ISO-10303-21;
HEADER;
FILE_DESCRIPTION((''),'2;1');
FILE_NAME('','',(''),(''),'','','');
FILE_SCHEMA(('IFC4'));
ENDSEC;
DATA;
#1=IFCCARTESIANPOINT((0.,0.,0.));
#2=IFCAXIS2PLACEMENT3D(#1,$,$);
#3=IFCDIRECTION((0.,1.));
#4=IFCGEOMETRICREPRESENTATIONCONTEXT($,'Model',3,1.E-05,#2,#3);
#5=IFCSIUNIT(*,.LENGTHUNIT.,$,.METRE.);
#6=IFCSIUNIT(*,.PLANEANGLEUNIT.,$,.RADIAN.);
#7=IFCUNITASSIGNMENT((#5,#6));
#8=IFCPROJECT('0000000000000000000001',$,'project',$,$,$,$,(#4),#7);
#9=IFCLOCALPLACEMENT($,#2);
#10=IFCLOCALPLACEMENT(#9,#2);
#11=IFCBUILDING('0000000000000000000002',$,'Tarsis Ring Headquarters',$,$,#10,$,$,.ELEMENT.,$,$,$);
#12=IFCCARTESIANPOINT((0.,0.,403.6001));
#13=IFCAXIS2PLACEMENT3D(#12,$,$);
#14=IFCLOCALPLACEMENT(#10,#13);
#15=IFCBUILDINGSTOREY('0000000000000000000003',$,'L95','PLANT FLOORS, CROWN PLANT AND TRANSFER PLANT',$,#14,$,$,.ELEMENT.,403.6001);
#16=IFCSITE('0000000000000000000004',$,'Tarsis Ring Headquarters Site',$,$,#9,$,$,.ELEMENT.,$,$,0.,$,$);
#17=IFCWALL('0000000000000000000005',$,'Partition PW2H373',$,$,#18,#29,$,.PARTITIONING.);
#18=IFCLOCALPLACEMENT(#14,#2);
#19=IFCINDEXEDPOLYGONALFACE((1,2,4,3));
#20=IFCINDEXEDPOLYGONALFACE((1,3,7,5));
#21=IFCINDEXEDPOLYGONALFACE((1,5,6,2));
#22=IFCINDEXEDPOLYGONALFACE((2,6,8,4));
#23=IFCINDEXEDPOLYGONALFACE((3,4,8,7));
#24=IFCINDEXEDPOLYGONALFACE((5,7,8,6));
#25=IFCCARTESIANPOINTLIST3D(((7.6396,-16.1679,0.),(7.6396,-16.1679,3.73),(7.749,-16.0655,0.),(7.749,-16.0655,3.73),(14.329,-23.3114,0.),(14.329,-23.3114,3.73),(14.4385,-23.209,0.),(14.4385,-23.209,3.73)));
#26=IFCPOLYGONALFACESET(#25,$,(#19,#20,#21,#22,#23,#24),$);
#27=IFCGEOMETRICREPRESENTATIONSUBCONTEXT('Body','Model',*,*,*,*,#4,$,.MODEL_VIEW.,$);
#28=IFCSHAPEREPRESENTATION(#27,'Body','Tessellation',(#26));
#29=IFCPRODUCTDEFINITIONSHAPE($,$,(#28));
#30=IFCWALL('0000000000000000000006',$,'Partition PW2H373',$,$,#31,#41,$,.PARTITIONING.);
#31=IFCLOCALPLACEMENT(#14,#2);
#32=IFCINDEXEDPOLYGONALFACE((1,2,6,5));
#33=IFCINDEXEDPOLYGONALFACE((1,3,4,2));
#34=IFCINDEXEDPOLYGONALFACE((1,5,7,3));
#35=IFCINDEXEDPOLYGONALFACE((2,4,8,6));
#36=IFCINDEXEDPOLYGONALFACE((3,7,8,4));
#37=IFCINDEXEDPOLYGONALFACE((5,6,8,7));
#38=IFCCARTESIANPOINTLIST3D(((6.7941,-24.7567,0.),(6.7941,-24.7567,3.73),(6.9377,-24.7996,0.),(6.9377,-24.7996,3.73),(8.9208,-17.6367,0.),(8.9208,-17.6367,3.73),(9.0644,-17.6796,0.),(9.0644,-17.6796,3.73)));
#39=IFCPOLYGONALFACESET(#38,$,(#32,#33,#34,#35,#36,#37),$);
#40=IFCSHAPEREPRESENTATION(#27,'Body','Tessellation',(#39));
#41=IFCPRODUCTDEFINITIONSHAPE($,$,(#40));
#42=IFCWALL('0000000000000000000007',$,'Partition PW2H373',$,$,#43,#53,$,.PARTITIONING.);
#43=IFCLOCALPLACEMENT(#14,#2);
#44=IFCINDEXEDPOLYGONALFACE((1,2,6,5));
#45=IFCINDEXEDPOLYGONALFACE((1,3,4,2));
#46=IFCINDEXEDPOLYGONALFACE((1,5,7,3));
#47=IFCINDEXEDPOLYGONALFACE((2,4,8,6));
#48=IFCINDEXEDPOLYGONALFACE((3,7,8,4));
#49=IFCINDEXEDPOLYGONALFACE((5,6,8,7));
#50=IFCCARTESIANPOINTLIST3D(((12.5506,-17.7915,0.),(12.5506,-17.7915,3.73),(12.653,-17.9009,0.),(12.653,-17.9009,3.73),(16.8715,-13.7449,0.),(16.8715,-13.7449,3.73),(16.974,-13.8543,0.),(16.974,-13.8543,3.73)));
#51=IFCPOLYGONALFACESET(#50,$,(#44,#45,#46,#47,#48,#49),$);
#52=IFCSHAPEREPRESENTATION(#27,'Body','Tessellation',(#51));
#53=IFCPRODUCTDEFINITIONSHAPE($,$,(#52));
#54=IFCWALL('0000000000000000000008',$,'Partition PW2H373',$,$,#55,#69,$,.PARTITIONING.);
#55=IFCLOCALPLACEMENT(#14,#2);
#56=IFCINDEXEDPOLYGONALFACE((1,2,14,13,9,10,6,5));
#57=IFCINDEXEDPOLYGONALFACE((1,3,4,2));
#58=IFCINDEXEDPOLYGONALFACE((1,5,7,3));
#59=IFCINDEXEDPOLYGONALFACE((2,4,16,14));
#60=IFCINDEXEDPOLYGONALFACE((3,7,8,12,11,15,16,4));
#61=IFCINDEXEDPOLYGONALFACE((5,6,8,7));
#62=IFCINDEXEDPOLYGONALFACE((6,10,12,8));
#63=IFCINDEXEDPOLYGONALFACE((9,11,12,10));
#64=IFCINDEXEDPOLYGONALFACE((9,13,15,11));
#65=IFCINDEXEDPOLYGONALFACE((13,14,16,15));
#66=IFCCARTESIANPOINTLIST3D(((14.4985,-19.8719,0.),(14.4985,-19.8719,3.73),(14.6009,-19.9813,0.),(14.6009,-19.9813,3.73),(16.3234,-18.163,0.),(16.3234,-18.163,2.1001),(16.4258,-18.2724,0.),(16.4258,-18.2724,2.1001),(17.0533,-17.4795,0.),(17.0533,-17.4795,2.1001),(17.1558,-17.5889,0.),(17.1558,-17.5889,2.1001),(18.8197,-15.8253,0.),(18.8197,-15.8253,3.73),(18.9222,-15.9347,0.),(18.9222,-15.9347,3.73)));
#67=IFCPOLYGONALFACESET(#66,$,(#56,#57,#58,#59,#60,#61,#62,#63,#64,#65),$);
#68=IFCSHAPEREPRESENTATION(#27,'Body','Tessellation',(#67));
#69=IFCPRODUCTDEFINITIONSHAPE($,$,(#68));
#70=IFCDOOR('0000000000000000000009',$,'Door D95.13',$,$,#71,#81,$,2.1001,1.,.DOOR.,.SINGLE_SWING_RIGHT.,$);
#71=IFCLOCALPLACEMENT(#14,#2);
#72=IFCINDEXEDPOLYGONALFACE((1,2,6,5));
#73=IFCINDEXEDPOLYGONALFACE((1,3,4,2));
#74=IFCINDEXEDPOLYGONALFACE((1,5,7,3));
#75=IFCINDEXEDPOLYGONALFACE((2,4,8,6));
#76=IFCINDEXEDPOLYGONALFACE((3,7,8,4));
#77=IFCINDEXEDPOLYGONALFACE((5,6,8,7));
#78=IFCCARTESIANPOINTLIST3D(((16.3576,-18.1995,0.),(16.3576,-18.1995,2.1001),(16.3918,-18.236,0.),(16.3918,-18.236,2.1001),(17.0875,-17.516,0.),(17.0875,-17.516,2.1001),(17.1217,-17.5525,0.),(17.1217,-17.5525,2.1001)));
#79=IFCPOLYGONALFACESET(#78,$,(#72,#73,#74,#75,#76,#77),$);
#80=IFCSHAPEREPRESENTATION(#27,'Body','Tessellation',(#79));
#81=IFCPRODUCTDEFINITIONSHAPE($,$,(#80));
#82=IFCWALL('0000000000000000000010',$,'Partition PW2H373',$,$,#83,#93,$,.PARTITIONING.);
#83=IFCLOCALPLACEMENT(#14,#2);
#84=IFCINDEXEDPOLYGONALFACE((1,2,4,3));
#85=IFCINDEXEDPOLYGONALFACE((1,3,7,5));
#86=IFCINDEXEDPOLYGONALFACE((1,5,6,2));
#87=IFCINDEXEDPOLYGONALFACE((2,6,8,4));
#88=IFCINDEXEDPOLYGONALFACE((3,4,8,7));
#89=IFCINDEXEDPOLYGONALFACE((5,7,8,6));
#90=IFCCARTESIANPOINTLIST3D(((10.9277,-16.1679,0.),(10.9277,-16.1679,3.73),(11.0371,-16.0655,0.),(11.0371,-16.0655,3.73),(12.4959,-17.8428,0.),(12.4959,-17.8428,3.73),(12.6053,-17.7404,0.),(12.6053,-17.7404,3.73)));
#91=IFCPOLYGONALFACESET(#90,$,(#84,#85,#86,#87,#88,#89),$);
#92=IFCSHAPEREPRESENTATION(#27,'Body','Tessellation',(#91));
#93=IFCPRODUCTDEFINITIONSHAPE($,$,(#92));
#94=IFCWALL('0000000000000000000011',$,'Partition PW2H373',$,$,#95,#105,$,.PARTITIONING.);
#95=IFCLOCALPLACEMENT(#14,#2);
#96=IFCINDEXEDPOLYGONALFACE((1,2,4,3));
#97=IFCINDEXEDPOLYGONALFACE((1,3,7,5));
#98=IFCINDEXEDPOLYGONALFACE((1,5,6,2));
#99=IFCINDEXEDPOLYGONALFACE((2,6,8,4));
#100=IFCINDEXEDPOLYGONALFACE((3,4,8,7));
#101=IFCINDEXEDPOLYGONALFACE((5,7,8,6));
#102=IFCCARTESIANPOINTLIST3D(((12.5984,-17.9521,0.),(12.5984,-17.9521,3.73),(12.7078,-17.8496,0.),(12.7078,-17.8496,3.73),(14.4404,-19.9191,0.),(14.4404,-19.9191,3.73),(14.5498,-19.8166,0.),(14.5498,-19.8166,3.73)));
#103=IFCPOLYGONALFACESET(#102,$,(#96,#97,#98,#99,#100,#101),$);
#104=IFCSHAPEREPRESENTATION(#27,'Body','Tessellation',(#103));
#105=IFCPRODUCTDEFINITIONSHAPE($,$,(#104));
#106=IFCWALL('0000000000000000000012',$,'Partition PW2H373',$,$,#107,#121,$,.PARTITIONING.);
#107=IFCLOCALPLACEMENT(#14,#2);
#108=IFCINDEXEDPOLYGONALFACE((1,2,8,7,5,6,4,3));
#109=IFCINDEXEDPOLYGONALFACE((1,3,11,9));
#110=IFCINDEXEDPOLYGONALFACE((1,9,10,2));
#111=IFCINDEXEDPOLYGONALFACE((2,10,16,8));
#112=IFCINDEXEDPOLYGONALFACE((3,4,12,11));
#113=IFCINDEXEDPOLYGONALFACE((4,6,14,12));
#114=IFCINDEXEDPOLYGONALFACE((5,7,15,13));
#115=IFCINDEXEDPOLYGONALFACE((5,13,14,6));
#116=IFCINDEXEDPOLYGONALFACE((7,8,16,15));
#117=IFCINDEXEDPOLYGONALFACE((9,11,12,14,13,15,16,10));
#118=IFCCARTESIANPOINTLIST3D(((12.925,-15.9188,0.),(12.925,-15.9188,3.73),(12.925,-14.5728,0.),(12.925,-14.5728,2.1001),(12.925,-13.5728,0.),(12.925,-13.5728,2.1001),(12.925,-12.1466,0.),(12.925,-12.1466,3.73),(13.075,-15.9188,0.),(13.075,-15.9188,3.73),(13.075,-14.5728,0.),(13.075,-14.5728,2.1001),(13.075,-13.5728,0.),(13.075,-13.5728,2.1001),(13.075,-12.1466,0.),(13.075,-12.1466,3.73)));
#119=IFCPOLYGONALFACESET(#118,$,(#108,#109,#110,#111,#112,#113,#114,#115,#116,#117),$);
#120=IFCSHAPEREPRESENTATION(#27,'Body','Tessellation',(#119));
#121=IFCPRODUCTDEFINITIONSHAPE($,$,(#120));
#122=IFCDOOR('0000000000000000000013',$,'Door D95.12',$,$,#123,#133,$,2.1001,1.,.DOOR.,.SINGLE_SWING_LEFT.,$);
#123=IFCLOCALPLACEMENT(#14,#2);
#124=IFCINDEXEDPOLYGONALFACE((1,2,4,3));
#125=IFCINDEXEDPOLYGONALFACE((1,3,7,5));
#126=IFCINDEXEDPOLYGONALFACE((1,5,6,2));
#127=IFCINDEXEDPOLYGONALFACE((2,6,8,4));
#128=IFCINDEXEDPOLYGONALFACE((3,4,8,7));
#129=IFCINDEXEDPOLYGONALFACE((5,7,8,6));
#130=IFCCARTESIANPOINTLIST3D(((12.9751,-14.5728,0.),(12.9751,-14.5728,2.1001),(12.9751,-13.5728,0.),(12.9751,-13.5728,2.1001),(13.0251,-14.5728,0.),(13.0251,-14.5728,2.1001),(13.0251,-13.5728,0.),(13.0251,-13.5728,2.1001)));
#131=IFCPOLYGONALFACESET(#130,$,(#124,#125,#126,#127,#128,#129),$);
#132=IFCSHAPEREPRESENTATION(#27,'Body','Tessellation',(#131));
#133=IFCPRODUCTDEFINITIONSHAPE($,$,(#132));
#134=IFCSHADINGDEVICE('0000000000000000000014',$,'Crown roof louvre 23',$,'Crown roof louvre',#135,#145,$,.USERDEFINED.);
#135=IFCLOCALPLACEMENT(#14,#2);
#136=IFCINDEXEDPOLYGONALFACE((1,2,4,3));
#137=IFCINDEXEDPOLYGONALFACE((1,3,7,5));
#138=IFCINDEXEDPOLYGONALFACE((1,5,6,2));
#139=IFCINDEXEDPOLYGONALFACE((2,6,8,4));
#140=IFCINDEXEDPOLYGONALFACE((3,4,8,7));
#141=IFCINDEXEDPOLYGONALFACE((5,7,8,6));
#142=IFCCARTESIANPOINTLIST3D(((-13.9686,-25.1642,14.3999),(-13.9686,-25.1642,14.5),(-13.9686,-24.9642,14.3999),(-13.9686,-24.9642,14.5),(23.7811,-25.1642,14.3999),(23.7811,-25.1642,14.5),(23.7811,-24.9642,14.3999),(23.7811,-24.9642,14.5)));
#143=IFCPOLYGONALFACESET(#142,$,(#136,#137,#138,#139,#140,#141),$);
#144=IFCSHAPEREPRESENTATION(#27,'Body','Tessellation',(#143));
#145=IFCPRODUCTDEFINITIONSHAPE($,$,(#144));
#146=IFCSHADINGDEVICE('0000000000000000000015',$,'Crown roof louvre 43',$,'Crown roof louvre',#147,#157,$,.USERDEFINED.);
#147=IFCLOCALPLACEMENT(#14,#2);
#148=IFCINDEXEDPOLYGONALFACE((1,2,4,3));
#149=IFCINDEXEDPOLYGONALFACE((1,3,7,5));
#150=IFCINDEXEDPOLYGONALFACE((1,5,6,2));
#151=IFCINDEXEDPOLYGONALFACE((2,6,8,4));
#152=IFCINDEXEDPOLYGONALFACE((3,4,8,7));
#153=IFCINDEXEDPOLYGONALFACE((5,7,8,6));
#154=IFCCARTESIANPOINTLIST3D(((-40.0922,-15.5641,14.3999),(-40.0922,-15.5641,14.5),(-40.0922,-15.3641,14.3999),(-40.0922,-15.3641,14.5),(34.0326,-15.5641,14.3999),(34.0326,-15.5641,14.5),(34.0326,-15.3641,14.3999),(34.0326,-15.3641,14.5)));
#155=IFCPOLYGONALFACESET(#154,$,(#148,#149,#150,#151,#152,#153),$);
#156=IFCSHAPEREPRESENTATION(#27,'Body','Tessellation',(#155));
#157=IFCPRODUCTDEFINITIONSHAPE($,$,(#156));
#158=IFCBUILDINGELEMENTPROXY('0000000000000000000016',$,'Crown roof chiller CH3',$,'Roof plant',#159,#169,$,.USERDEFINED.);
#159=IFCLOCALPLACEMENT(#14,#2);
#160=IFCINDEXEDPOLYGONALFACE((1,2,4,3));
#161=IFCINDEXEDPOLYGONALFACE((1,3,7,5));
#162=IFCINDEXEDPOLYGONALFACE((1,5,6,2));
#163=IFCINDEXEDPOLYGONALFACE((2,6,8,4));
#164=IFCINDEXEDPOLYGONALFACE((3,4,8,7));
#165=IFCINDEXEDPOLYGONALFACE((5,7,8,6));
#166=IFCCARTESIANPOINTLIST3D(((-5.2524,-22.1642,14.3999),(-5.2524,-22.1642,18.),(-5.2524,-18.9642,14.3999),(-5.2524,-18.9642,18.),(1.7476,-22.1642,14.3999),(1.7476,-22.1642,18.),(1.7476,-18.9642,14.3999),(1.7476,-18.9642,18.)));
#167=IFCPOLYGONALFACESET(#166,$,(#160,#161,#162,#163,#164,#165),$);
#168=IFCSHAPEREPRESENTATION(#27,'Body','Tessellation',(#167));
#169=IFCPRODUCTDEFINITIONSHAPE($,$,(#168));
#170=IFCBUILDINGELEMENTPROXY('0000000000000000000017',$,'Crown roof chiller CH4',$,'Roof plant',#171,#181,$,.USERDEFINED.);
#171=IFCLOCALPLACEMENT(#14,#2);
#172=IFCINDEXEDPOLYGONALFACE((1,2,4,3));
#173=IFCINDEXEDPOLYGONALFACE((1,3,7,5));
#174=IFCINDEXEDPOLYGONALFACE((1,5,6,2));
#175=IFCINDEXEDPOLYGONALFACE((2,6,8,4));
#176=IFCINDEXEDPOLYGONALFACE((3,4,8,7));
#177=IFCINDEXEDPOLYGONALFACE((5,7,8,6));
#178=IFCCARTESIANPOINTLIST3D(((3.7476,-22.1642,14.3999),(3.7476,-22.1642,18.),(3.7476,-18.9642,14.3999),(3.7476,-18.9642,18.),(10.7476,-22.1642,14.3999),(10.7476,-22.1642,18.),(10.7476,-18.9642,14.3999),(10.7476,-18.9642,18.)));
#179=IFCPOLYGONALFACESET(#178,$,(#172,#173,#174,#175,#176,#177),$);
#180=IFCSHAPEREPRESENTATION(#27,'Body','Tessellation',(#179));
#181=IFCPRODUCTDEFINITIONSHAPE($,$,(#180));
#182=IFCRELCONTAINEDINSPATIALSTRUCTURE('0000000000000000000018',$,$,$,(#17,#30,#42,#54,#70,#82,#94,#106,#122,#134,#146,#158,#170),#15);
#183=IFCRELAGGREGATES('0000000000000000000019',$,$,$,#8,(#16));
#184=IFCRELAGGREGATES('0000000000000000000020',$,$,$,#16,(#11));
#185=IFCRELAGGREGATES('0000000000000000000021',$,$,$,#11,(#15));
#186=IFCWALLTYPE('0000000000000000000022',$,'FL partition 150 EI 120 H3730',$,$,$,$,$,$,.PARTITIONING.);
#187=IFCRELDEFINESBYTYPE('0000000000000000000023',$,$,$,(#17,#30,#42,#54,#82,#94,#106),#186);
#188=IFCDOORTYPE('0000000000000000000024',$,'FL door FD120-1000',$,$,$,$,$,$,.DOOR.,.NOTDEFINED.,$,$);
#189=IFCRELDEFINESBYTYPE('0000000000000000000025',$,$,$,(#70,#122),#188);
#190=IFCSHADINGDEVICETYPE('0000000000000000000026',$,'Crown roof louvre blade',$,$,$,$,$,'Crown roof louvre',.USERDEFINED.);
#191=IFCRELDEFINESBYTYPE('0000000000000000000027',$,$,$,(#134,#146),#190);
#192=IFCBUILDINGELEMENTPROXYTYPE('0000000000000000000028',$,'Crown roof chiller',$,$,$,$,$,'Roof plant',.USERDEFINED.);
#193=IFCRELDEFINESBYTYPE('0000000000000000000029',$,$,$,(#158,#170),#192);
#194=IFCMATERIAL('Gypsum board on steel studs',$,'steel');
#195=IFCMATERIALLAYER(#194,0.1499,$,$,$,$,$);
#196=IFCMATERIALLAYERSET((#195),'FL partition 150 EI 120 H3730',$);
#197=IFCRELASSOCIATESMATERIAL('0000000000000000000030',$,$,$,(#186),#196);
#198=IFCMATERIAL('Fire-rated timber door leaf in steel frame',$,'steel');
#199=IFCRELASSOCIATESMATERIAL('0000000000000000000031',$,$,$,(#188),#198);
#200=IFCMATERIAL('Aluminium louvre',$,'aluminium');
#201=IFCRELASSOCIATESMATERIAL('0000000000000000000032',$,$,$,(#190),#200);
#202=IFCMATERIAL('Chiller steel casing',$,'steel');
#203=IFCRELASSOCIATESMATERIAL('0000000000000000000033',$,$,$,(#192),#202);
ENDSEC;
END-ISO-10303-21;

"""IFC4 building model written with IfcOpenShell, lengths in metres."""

from ifc_helpers import new_model, si_unit, direction, frame, frame_2d, origin, origin_2d, place, context, subcontext, project, spatial, rectangle, extrude, material, layer, layer_set, type_object, element, fill, save


model = new_model("IFC4")

# Units and contexts
model_context = context("Model", 3, precision=1e-05, world=origin(), true_north=direction((0.0, 1.0)))
body_context = subcontext(model_context, "Body", "Model", "MODEL_VIEW")
ifc_project = project(units=[si_unit("LENGTHUNIT", "METRE"), si_unit("PLANEANGLEUNIT", "RADIAN")], contexts=[model_context])

# Site, building, storey
site_placement = place(None, origin())
site = spatial("IfcSite", under=ifc_project, at=site_placement, Name="Tarsis Ring Headquarters Site", CompositionType="ELEMENT", RefElevation=0.0)
building_placement = place(site_placement, origin())
building = spatial("IfcBuilding", under=site, at=building_placement, Name="Tarsis Ring Headquarters", CompositionType="ELEMENT")
storey_placement = place(building_placement, frame((0.0, 0.0, 403.6001)))
storey = spatial("IfcBuildingStorey", under=building, at=storey_placement, Name="L95", Description="PLANT FLOORS, CROWN PLANT AND TRANSFER PLANT", CompositionType="ELEMENT", Elevation=403.6001)

# Shared definitions
ifc_material_1 = material(Name="Gypsum board on steel studs", Category="steel")
ifc_layer_1 = layer(ifc_material_1, 0.1499)
ifc_layer_set_1 = layer_set([ifc_layer_1], Name="FL partition 150 EI 120 H3730")
wall_type_1 = type_object("IfcWallType", Name="FL partition 150 EI 120 H3730", PredefinedType="PARTITIONING", material=ifc_layer_set_1)
ifc_material_2 = material(Name="Fire-rated timber door leaf in steel frame", Category="steel")
door_type_1 = type_object("IfcDoorType", Name="FL door FD120-1000", OperationType="NOTDEFINED", PredefinedType="DOOR", material=ifc_material_2)

# Walls
wall_1_placement = place(storey_placement, frame((7.6943, -16.1167, 0.0), z_axis=(0.0, 0.0, 1.0), x_axis=(0.683526, -0.729926, 0.0)))
element("IfcWall", 1, at=wall_1_placement, inside=storey, type_object=wall_type_1, Name="Partition PW2H373", PredefinedType="PARTITIONING", context=body_context, shape_type="SweptSolid", body=[
    extrude(rectangle(XDim=9.7866, YDim=0.1499, at=frame_2d((4.8933, 0.0))), origin(), (0.0, 0.0, 1.0), 3.73),
])
wall_2_placement = place(storey_placement, frame((6.866, -24.7781, 0.0), z_axis=(0.0, 0.0, 1.0), x_axis=(0.286196, 0.958171, 0.0)))
element("IfcWall", 2, at=wall_2_placement, inside=storey, type_object=wall_type_1, Name="Partition PW2H373", PredefinedType="PARTITIONING", context=body_context, shape_type="SweptSolid", body=[
    extrude(rectangle(XDim=7.4309, YDim=0.1499, at=frame_2d((3.7153, 0.0))), origin(), (0.0, 0.0, 1.0), 3.73),
])
wall_3_placement = place(storey_placement, frame((12.6018, -17.8462, 0.0), z_axis=(0.0, 0.0, 1.0), x_axis=(0.729904, 0.68355, 0.0)))
element("IfcWall", 3, at=wall_3_placement, inside=storey, type_object=wall_type_1, Name="Partition PW2H373", PredefinedType="PARTITIONING", context=body_context, shape_type="SweptSolid", body=[
    extrude(rectangle(XDim=5.9199, YDim=0.1499, at=frame_2d((2.96, 0.0))), origin(), (0.0, 0.0, 1.0), 3.73),
])

# Wall, opening, door
wall_4_placement = place(storey_placement, frame((14.5498, -19.9265, 0.0), z_axis=(0.0, 0.0, 1.0), x_axis=(0.729923, 0.683529, 0.0)))
wall_4 = element("IfcWall", 4, at=wall_4_placement, inside=storey, type_object=wall_type_1, Name="Partition PW2H373", PredefinedType="PARTITIONING", context=body_context, shape_type="SweptSolid", body=[
    extrude(rectangle(XDim=5.9202, YDim=0.1499, at=frame_2d((2.96, 0.0))), origin(), (0.0, 0.0, 1.0), 3.73),
])
opening_1_placement = place(wall_4_placement, frame((2.5, 0.0, 0.0)))
opening_1 = element("IfcOpeningElement", 5, at=opening_1_placement, cuts=wall_4, PredefinedType="OPENING", context=body_context, shape_type="SweptSolid", body=[
    extrude(rectangle(XDim=1.0, YDim=2.1001, at=frame_2d((0.5, 1.05))), frame((0.0, 0.085, 0.0), z_axis=(0.0, -1.0, 0.0), x_axis=(1.0, 0.0, 0.0)), (0.0, 0.0, 1.0), 0.1699),
])
door_1_placement = place(opening_1_placement, origin())
door_1 = element("IfcDoor", 6, at=door_1_placement, inside=storey, type_object=door_type_1, Name="Door D95.13", OperationType="SINGLE_SWING_RIGHT", OverallHeight=2.1001, OverallWidth=1.0, PredefinedType="DOOR", context=body_context, shape_type="SweptSolid", body=[
    extrude(rectangle(XDim=1.0, YDim=2.1001, at=frame_2d((0.5, 1.05))), frame((0.0, 0.0249, 0.0), z_axis=(0.0, -1.0, 0.0), x_axis=(1.0, 0.0, 0.0)), (0.0, 0.0, 1.0), 0.05),
])
fill(opening_1, door_1)

# Walls
wall_5_placement = place(storey_placement, frame((10.9824, -16.1167, 0.0), z_axis=(0.0, 0.0, 1.0), x_axis=(0.683474, -0.729975, 0.0)))
element("IfcWall", 7, at=wall_5_placement, inside=storey, type_object=wall_type_1, Name="Partition PW2H373", PredefinedType="PARTITIONING", context=body_context, shape_type="SweptSolid", body=[
    extrude(rectangle(XDim=2.2944, YDim=0.1499, at=frame_2d((1.1472, 0.0))), origin(), (0.0, 0.0, 1.0), 3.73),
])
wall_6_placement = place(storey_placement, frame((12.6531, -17.9009, 0.0), z_axis=(0.0, 0.0, 1.0), x_axis=(0.683534, -0.729918, 0.0)))
element("IfcWall", 8, at=wall_6_placement, inside=storey, type_object=wall_type_1, Name="Partition PW2H373", PredefinedType="PARTITIONING", context=body_context, shape_type="SweptSolid", body=[
    extrude(rectangle(XDim=2.6948, YDim=0.1499, at=frame_2d((1.3474, 0.0))), origin(), (0.0, 0.0, 1.0), 3.73),
])

# Wall, opening, door
wall_7_placement = place(storey_placement, frame((13.0, -15.9189, 0.0), z_axis=(0.0, 0.0, 1.0), x_axis=(0.0, 1.0, 0.0)))
wall_7 = element("IfcWall", 9, at=wall_7_placement, inside=storey, type_object=wall_type_1, Name="Partition PW2H373", PredefinedType="PARTITIONING", context=body_context, shape_type="SweptSolid", body=[
    extrude(rectangle(XDim=3.7722, YDim=0.1499, at=frame_2d((1.8862, 0.0))), origin(), (0.0, 0.0, 1.0), 3.73),
])
opening_2_placement = place(wall_7_placement, frame((1.3462, 0.0, 0.0)))
opening_2 = element("IfcOpeningElement", 10, at=opening_2_placement, cuts=wall_7, PredefinedType="OPENING", context=body_context, shape_type="SweptSolid", body=[
    extrude(rectangle(XDim=1.0, YDim=2.1001, at=frame_2d((0.5, 1.05))), frame((0.0, 0.085, 0.0), z_axis=(0.0, -1.0, 0.0), x_axis=(1.0, 0.0, 0.0)), (0.0, 0.0, 1.0), 0.1699),
])
door_2_placement = place(opening_2_placement, origin())
door_2 = element("IfcDoor", 11, at=door_2_placement, inside=storey, type_object=door_type_1, Name="Door D95.12", OperationType="SINGLE_SWING_LEFT", OverallHeight=2.1001, OverallWidth=1.0, PredefinedType="DOOR", context=body_context, shape_type="SweptSolid", body=[
    extrude(rectangle(XDim=1.0, YDim=2.1001, at=frame_2d((0.5, 1.05))), frame((0.0, 0.0249, 0.0), z_axis=(0.0, -1.0, 0.0), x_axis=(1.0, 0.0, 0.0)), (0.0, 0.0, 1.0), 0.05),
])
fill(opening_2, door_2)

# Shading devices
ifc_material_3 = material(Name="Aluminium louvre", Category="aluminium")
shading_device_type_1 = type_object("IfcShadingDeviceType", Name="Crown roof louvre blade", ElementType="Crown roof louvre", PredefinedType="USERDEFINED", material=ifc_material_3)
shading_device_1_placement = place(storey_placement, frame((4.9062, -25.0642, 14.3999), z_axis=(0.0, 0.0, 1.0), x_axis=(1.0, 0.0, 0.0)))
element("IfcShadingDevice", 12, at=shading_device_1_placement, inside=storey, type_object=shading_device_type_1, Name="Crown roof louvre 23", ObjectType="Crown roof louvre", PredefinedType="USERDEFINED", context=body_context, shape_type="SweptSolid", body=[
    extrude(rectangle(XDim=37.7498, YDim=0.2, at=origin_2d()), origin(), (0.0, 0.0, 1.0), 0.1001),
])
shading_device_2_placement = place(storey_placement, frame((-3.0298, -15.4641, 14.3999), z_axis=(0.0, 0.0, 1.0), x_axis=(1.0, 0.0, 0.0)))
element("IfcShadingDevice", 13, at=shading_device_2_placement, inside=storey, type_object=shading_device_type_1, Name="Crown roof louvre 43", ObjectType="Crown roof louvre", PredefinedType="USERDEFINED", context=body_context, shape_type="SweptSolid", body=[
    extrude(rectangle(XDim=74.1248, YDim=0.2, at=origin_2d()), origin(), (0.0, 0.0, 1.0), 0.1001),
])

# Building element proxies
ifc_material_4 = material(Name="Chiller steel casing", Category="steel")
building_element_proxy_type = type_object("IfcBuildingElementProxyType", Name="Crown roof chiller", ElementType="Roof plant", PredefinedType="USERDEFINED", material=ifc_material_4)
for number, where, z_axis, x_axis, name in (
    (14, (-1.7524, -20.5642, 14.3999), (0.0, 0.0, 1.0), (1.0, 0.0, 0.0), "Crown roof chiller CH3"),
    (15, (7.2476, -20.5642, 14.3999), (0.0, 0.0, 1.0), (1.0, 0.0, 0.0), "Crown roof chiller CH4"),
):
    element("IfcBuildingElementProxy", number, at=place(storey_placement, frame(where, z_axis=z_axis, x_axis=x_axis)), inside=storey, type_object=building_element_proxy_type, Name=name, ObjectType="Roof plant", PredefinedType="USERDEFINED", context=body_context, shape_type="SweptSolid", body=[
        extrude(rectangle(XDim=7.0, YDim=3.2, at=origin_2d()), origin(), (0.0, 0.0, 1.0), 3.6001),
    ])

save(model, "model.ifc")
